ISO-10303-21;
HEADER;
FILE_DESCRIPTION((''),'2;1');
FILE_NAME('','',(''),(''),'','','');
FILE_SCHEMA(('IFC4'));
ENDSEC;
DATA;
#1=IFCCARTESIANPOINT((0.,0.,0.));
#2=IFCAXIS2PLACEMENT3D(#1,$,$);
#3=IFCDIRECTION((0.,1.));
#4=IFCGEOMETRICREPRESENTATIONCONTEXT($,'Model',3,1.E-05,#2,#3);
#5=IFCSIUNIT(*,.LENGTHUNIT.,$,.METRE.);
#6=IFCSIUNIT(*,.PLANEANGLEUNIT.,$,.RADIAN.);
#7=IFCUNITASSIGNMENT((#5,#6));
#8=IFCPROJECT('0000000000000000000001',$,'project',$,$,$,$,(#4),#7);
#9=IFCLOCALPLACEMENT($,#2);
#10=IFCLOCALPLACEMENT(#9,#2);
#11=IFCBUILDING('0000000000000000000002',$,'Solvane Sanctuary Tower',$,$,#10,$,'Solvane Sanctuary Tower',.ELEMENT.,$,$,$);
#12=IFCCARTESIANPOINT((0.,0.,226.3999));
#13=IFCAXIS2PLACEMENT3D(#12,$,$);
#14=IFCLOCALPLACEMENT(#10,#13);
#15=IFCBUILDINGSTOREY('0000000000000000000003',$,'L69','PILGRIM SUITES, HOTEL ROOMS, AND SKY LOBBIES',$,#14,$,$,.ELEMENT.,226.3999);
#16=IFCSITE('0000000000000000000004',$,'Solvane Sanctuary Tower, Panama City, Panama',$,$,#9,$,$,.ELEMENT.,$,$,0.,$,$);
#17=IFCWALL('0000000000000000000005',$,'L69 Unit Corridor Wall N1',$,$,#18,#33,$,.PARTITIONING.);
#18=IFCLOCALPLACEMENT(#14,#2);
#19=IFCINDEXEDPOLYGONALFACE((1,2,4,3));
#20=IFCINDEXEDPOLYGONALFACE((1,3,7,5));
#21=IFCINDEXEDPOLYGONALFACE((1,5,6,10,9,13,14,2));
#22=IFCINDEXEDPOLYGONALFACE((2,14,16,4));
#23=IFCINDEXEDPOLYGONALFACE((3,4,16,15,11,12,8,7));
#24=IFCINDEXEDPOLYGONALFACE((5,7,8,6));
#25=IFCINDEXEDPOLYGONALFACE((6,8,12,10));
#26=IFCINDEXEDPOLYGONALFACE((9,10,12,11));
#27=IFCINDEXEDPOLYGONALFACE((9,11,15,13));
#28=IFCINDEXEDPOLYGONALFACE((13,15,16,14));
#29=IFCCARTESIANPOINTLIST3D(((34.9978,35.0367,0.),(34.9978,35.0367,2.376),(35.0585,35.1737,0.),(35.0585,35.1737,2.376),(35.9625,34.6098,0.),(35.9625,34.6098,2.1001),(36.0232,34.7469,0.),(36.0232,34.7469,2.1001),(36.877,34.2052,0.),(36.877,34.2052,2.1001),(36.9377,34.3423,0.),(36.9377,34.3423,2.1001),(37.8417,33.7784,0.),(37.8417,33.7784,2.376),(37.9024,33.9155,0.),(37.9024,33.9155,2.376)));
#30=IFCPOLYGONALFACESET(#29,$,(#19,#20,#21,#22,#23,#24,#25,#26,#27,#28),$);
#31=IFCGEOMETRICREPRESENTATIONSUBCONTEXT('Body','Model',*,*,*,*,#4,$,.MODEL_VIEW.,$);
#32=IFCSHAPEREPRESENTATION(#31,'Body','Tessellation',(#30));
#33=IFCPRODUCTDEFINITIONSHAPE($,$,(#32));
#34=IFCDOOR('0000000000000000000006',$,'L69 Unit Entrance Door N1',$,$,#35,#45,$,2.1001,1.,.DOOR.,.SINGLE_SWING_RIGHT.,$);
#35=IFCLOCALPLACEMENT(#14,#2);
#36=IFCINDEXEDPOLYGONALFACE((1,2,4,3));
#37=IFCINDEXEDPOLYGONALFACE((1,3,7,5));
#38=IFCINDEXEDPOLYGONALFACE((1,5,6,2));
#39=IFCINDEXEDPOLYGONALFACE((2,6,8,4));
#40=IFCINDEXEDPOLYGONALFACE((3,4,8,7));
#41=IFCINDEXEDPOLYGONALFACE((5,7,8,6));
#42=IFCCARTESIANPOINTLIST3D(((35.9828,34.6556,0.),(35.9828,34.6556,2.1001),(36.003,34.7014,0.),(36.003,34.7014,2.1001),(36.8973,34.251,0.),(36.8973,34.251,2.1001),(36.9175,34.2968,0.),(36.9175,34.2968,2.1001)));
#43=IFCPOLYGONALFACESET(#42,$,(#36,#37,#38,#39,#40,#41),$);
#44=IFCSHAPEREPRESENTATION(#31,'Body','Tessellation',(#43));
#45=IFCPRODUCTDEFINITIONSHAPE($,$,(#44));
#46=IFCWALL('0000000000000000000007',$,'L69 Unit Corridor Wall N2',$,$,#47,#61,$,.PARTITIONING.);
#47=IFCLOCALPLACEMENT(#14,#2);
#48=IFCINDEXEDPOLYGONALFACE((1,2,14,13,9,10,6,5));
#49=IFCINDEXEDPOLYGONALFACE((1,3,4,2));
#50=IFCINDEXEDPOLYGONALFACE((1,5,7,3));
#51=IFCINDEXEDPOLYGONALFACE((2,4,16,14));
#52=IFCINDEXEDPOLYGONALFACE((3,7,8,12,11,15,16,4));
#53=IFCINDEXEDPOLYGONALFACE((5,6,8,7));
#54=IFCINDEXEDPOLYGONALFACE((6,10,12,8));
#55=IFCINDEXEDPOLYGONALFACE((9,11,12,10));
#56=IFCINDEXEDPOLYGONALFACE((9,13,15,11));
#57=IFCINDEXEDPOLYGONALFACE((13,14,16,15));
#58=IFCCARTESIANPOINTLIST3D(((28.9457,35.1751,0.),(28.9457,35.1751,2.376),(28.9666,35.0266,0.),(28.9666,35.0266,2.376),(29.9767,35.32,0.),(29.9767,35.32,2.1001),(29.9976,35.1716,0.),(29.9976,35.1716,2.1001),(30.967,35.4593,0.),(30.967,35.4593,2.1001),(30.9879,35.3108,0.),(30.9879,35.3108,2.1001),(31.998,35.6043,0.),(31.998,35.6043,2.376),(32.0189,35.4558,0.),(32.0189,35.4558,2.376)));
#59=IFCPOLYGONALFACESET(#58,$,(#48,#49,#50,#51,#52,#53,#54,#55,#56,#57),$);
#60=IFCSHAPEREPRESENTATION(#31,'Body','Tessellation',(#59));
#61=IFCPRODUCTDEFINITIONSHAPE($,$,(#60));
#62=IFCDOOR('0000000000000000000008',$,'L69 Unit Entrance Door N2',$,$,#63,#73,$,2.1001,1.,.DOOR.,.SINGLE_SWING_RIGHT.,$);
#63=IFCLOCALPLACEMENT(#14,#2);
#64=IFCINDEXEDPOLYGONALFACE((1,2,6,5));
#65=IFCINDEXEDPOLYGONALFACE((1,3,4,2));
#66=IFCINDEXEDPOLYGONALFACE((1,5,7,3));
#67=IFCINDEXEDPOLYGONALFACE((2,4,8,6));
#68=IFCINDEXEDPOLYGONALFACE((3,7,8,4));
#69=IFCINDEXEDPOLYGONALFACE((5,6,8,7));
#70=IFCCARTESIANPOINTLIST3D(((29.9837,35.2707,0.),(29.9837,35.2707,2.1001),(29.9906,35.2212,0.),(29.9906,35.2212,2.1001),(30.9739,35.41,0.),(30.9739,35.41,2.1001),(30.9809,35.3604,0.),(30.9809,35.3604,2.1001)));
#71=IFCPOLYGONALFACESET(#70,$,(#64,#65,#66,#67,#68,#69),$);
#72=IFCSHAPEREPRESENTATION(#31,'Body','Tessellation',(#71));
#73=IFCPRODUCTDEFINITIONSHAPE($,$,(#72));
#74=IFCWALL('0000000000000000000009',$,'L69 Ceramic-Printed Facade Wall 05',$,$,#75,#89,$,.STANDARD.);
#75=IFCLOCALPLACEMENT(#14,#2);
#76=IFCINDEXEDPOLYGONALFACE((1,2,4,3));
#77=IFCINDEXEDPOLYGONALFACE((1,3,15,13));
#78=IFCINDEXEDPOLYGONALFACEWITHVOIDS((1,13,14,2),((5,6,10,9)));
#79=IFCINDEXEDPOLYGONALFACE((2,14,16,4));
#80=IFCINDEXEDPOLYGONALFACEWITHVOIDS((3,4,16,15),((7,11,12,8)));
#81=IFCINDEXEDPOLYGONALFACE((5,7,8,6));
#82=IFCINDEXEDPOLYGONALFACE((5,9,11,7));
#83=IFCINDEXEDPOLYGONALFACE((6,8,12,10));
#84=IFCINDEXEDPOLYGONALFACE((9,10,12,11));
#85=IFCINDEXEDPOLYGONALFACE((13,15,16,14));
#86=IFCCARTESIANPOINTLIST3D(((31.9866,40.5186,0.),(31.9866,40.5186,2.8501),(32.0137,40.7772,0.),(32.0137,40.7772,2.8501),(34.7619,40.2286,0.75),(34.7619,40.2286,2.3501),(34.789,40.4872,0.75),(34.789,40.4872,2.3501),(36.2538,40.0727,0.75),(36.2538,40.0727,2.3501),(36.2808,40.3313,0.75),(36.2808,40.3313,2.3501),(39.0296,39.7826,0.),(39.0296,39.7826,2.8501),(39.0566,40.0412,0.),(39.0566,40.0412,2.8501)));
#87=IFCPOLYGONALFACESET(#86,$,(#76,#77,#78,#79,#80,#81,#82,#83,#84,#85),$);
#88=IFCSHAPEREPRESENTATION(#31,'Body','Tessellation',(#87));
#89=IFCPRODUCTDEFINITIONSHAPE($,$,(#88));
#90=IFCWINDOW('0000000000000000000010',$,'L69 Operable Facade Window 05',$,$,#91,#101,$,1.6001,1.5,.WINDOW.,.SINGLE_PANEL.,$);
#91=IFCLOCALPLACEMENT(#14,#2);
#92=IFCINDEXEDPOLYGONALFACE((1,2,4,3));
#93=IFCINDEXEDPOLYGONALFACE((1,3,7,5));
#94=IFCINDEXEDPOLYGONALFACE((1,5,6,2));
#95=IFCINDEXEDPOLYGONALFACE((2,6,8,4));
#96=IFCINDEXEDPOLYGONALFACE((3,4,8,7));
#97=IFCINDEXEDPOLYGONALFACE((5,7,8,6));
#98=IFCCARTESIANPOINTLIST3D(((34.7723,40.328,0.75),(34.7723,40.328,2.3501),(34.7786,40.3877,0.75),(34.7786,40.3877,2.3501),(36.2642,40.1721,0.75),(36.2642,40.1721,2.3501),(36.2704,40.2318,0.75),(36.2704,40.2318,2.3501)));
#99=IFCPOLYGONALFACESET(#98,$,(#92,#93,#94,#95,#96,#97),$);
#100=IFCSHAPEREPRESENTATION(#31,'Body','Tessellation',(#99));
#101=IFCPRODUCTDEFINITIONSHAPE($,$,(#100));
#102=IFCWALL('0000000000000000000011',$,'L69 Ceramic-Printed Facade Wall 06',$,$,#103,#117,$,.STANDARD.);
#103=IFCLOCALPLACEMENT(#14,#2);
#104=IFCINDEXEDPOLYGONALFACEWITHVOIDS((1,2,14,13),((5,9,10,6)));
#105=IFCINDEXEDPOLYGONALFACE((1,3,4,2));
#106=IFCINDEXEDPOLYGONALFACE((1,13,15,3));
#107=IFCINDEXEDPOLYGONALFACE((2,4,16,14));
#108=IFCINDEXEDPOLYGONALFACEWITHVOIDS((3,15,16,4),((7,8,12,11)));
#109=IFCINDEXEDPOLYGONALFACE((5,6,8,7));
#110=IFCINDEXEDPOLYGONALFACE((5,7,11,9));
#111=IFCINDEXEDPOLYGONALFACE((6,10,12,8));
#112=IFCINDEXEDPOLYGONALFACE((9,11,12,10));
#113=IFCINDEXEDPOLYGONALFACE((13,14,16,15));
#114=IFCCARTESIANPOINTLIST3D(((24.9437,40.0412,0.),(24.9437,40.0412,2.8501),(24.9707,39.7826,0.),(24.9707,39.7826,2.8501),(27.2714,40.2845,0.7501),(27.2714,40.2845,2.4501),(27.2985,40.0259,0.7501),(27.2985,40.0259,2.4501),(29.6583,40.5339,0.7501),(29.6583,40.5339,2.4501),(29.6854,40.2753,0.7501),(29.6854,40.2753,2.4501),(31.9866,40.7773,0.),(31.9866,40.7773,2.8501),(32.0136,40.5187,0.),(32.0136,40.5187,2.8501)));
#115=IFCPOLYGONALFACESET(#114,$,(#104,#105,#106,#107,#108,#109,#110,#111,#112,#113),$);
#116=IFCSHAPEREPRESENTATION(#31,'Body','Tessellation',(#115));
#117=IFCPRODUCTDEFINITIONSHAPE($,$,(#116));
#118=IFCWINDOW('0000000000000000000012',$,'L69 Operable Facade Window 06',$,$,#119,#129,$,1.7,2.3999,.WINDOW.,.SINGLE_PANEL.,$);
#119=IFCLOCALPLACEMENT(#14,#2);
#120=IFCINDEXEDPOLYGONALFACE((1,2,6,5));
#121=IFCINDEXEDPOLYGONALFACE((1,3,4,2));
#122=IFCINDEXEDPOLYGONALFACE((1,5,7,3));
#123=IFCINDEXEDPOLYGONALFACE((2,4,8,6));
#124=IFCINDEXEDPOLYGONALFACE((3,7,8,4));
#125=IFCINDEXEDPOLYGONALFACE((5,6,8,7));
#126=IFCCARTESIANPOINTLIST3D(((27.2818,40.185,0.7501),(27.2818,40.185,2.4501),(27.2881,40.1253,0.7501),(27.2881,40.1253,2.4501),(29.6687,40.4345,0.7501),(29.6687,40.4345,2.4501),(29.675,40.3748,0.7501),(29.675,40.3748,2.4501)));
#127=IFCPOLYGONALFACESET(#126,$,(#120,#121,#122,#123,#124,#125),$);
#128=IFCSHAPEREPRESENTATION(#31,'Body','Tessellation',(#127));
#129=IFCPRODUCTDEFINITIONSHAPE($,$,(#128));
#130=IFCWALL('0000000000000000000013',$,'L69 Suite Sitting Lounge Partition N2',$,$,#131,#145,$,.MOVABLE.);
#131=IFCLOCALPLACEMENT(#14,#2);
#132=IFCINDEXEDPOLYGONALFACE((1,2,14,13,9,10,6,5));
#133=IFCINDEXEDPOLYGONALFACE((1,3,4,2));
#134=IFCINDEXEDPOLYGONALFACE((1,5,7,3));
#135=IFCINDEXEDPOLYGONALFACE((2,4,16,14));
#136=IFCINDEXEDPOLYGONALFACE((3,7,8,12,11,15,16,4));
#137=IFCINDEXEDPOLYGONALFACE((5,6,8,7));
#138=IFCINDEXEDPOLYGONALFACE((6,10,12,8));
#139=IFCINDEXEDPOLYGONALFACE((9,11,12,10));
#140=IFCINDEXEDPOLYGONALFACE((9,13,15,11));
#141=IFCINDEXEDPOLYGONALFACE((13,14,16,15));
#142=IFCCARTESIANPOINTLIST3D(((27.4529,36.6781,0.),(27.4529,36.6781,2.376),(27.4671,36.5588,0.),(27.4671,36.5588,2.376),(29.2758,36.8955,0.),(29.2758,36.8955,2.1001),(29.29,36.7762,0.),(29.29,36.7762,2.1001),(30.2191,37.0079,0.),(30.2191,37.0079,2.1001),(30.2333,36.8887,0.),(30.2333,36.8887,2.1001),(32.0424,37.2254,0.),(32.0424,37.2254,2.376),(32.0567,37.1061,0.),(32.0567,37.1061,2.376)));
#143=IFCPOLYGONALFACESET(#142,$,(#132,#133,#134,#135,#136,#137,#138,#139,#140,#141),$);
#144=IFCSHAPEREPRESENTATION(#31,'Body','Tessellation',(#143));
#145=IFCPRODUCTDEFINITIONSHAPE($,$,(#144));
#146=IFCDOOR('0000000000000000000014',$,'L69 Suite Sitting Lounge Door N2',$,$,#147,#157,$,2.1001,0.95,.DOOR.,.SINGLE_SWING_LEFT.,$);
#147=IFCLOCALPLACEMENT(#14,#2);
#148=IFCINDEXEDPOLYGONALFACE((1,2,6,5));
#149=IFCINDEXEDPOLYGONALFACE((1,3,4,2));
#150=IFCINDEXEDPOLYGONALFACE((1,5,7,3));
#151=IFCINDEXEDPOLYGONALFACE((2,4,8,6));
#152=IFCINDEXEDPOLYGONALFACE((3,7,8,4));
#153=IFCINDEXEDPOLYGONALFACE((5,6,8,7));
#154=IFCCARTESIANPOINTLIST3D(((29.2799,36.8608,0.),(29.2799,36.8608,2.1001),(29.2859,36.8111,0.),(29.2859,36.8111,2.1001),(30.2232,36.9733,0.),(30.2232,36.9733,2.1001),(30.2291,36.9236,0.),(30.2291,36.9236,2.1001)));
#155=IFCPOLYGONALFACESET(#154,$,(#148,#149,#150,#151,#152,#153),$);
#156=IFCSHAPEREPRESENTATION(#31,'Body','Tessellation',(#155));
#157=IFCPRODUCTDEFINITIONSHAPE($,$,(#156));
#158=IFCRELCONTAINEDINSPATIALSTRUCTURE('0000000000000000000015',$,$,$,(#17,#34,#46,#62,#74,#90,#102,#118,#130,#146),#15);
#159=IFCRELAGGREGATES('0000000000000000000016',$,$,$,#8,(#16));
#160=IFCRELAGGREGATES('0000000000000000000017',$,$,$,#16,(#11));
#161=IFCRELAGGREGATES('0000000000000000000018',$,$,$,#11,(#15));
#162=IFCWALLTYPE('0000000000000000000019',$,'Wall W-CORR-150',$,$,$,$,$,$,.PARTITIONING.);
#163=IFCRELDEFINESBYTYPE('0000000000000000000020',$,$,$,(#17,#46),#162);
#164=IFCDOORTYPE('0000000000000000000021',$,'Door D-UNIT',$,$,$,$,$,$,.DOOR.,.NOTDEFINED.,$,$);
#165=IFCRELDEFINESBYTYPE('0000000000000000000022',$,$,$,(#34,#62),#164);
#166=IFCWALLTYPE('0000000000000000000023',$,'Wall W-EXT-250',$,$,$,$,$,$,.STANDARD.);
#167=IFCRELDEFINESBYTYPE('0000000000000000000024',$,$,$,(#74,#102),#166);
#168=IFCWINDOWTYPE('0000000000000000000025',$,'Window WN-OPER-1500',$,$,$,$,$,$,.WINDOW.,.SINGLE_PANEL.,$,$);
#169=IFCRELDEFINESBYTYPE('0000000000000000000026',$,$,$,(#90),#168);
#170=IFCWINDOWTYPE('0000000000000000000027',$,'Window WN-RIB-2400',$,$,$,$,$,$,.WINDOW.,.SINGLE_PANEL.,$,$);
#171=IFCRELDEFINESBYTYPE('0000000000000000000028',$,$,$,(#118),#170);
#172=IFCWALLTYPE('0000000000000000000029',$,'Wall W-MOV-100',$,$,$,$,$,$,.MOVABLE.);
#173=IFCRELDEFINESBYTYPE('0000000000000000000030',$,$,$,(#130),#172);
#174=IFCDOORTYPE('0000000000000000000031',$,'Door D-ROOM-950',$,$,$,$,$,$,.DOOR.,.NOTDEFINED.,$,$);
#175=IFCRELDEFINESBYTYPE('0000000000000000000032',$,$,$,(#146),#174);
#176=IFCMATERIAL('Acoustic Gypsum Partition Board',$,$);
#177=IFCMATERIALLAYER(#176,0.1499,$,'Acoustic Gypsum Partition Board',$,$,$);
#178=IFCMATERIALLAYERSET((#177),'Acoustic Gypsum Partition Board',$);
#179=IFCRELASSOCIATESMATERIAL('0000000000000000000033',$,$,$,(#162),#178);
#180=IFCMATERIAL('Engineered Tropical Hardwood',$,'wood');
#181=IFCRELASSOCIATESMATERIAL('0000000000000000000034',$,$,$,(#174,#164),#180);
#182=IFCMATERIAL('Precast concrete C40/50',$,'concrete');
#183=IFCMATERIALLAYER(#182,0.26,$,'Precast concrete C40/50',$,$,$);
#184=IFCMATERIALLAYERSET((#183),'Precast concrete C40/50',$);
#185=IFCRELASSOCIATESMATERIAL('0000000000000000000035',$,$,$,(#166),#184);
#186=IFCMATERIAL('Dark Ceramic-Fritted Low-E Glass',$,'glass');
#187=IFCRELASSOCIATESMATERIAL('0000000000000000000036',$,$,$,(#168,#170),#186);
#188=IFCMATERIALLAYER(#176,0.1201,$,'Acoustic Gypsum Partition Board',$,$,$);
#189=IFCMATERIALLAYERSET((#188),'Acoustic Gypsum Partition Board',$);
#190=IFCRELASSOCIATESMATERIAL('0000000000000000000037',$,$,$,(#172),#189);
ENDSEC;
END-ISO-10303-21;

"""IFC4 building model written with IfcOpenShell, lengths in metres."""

from ifc_helpers import new_model, si_unit, direction, frame, frame_2d, origin, place, context, subcontext, project, spatial, rectangle, extrude, material, layer, layer_set, type_object, element, fill, save


model = new_model("IFC4")

# Units and contexts
model_context = context("Model", 3, precision=1e-05, world=origin(), true_north=direction((0.0, 1.0)))
body_context = subcontext(model_context, "Body", "Model", "MODEL_VIEW")
ifc_project = project(units=[si_unit("LENGTHUNIT", "METRE"), si_unit("PLANEANGLEUNIT", "RADIAN")], contexts=[model_context])

# Site, building, storey
site_placement = place(None, origin())
site = spatial("IfcSite", under=ifc_project, at=site_placement, Name="Solvane Sanctuary Tower, Panama City, Panama", CompositionType="ELEMENT", RefElevation=0.0)
building_placement = place(site_placement, origin())
building = spatial("IfcBuilding", under=site, at=building_placement, Name="Solvane Sanctuary Tower", LongName="Solvane Sanctuary Tower", CompositionType="ELEMENT")
storey_placement = place(building_placement, frame((0.0, 0.0, 226.3999)))
storey = spatial("IfcBuildingStorey", under=building, at=storey_placement, Name="L69", Description="PILGRIM SUITES, HOTEL ROOMS, AND SKY LOBBIES", CompositionType="ELEMENT", Elevation=226.3999)

# Shared definitions
ifc_material_1 = material(Name="Acoustic Gypsum Partition Board")
ifc_layer_1 = layer(ifc_material_1, 0.1499, Name="Acoustic Gypsum Partition Board")
ifc_layer_set_1 = layer_set([ifc_layer_1], Name="Acoustic Gypsum Partition Board")
wall_type_1 = type_object("IfcWallType", Name="Wall W-CORR-150", PredefinedType="PARTITIONING", material=ifc_layer_set_1)

# Shared definitions
ifc_material_2 = material(Name="Engineered Tropical Hardwood", Category="wood")
door_type_1 = type_object("IfcDoorType", Name="Door D-ROOM-950", OperationType="NOTDEFINED", PredefinedType="DOOR", material=ifc_material_2)

# Walls, openings, doors
wall_1_placement = place(storey_placement, frame((37.8721, 33.8469, 0.0), z_axis=(0.0, 0.0, 1.0), x_axis=(-0.91449, 0.404608, 0.0)))
wall_1 = element("IfcWall", 1, at=wall_1_placement, inside=storey, type_object=wall_type_1, Name="L69 Unit Corridor Wall N1", PredefinedType="PARTITIONING", context=body_context, shape_type="SweptSolid", body=[
    extrude(rectangle(XDim=3.1099, YDim=0.1499, at=frame_2d((1.5549, 0.0))), origin(), (0.0, 0.0, 1.0), 2.376),
])
opening_1_placement = place(wall_1_placement, frame((1.0549, 0.0, 0.0)))
opening_1 = element("IfcOpeningElement", 2, at=opening_1_placement, cuts=wall_1, PredefinedType="OPENING", context=body_context, shape_type="SweptSolid", body=[
    extrude(rectangle(XDim=1.0, YDim=2.1001, at=frame_2d((0.5, 1.05))), frame((0.0, 0.085, 0.0), z_axis=(0.0, -1.0, 0.0), x_axis=(1.0, 0.0, 0.0)), (0.0, 0.0, 1.0), 0.1699),
])
door_type_2 = type_object("IfcDoorType", Name="Door D-UNIT", OperationType="NOTDEFINED", PredefinedType="DOOR", material=ifc_material_2)
door_1_placement = place(opening_1_placement, origin())
door_1 = element("IfcDoor", 3, at=door_1_placement, inside=storey, type_object=door_type_2, Name="L69 Unit Entrance Door N1", OperationType="SINGLE_SWING_RIGHT", OverallHeight=2.1001, OverallWidth=1.0, PredefinedType="DOOR", context=body_context, shape_type="SweptSolid", body=[
    extrude(rectangle(XDim=1.0, YDim=2.1001, at=frame_2d((0.5, 1.05))), frame((0.0, 0.0249, 0.0), z_axis=(0.0, -1.0, 0.0), x_axis=(1.0, 0.0, 0.0)), (0.0, 0.0, 1.0), 0.05),
])
fill(opening_1, door_1)
wall_2_placement = place(storey_placement, frame((32.0083, 35.53, 0.0), z_axis=(0.0, 0.0, 1.0), x_axis=(-0.990258, -0.139248, 0.0)))
wall_2 = element("IfcWall", 4, at=wall_2_placement, inside=storey, type_object=wall_type_1, Name="L69 Unit Corridor Wall N2", PredefinedType="PARTITIONING", context=body_context, shape_type="SweptSolid", body=[
    extrude(rectangle(XDim=3.0823, YDim=0.1499, at=frame_2d((1.541, 0.0))), origin(), (0.0, 0.0, 1.0), 2.376),
])
opening_2_placement = place(wall_2_placement, frame((1.041, 0.0, 0.0)))
opening_2 = element("IfcOpeningElement", 5, at=opening_2_placement, cuts=wall_2, PredefinedType="OPENING", context=body_context, shape_type="SweptSolid", body=[
    extrude(rectangle(XDim=1.0, YDim=2.1001, at=frame_2d((0.5, 1.05))), frame((0.0, 0.085, 0.0), z_axis=(0.0, -1.0, 0.0), x_axis=(1.0, 0.0, 0.0)), (0.0, 0.0, 1.0), 0.1699),
])
door_2_placement = place(opening_2_placement, origin())
door_2 = element("IfcDoor", 6, at=door_2_placement, inside=storey, type_object=door_type_2, Name="L69 Unit Entrance Door N2", OperationType="SINGLE_SWING_RIGHT", OverallHeight=2.1001, OverallWidth=1.0, PredefinedType="DOOR", context=body_context, shape_type="SweptSolid", body=[
    extrude(rectangle(XDim=1.0, YDim=2.1001, at=frame_2d((0.5, 1.05))), frame((0.0, 0.0249, 0.0), z_axis=(0.0, -1.0, 0.0), x_axis=(1.0, 0.0, 0.0)), (0.0, 0.0, 1.0), 0.05),
])
fill(opening_2, door_2)

# Walls, openings, windows
ifc_material_3 = material(Name="Precast concrete C40/50", Category="concrete")
ifc_layer_2 = layer(ifc_material_3, 0.26, Name="Precast concrete C40/50")
ifc_layer_set_2 = layer_set([ifc_layer_2], Name="Precast concrete C40/50")
wall_type_2 = type_object("IfcWallType", Name="Wall W-EXT-250", PredefinedType="STANDARD", material=ifc_layer_set_2)
wall_3_placement = place(storey_placement, frame((39.043, 39.9119, 0.0), z_axis=(0.0, 0.0, 1.0), x_axis=(-0.994583, 0.103947, 0.0)))
wall_3 = element("IfcWall", 7, at=wall_3_placement, inside=storey, type_object=wall_type_2, Name="L69 Ceramic-Printed Facade Wall 05", PredefinedType="STANDARD", context=body_context, shape_type="SweptSolid", body=[
    extrude(rectangle(XDim=7.0813, YDim=0.26, at=frame_2d((3.5405, 0.0))), origin(), (0.0, 0.0, 1.0), 2.8501),
])
opening_3_placement = place(wall_3_placement, frame((2.7908, 0.0, 0.75)))
opening_3 = element("IfcOpeningElement", 8, at=opening_3_placement, cuts=wall_3, PredefinedType="OPENING", context=body_context, shape_type="SweptSolid", body=[
    extrude(rectangle(XDim=1.5, YDim=1.6001, at=frame_2d((0.75, 0.8))), frame((0.0, 0.1399, 0.0), z_axis=(0.0, -1.0, 0.0), x_axis=(1.0, 0.0, 0.0)), (0.0, 0.0, 1.0), 0.28),
])
ifc_material_4 = material(Name="Dark Ceramic-Fritted Low-E Glass", Category="glass")
window_type_1 = type_object("IfcWindowType", Name="Window WN-OPER-1500", PartitioningType="SINGLE_PANEL", PredefinedType="WINDOW", material=ifc_material_4)
window_1_placement = place(opening_3_placement, origin())
window_1 = element("IfcWindow", 9, at=window_1_placement, inside=storey, type_object=window_type_1, Name="L69 Operable Facade Window 05", OverallHeight=1.6001, OverallWidth=1.5, PartitioningType="SINGLE_PANEL", PredefinedType="WINDOW", context=body_context, shape_type="SweptSolid", body=[
    extrude(rectangle(XDim=1.5, YDim=1.6001, at=frame_2d((0.75, 0.8))), frame((0.0, 0.03, 0.0), z_axis=(0.0, -1.0, 0.0), x_axis=(1.0, 0.0, 0.0)), (0.0, 0.0, 1.0), 0.0601),
])
fill(opening_3, window_1)
wall_4_placement = place(storey_placement, frame((32.0, 40.6479, 0.0), z_axis=(0.0, 0.0, 1.0), x_axis=(-0.994583, -0.103947, 0.0)))
wall_4 = element("IfcWall", 10, at=wall_4_placement, inside=storey, type_object=wall_type_2, Name="L69 Ceramic-Printed Facade Wall 06", PredefinedType="STANDARD", context=body_context, shape_type="SweptSolid", body=[
    extrude(rectangle(XDim=7.0813, YDim=0.26, at=frame_2d((3.5405, 0.0))), origin(), (0.0, 0.0, 1.0), 2.8501),
])
opening_4_placement = place(wall_4_placement, frame((2.3408, 0.0, 0.75)))
opening_4 = element("IfcOpeningElement", 11, at=opening_4_placement, cuts=wall_4, PredefinedType="OPENING", context=body_context, shape_type="SweptSolid", body=[
    extrude(rectangle(XDim=2.3999, YDim=1.7, at=frame_2d((1.2, 0.8501))), frame((0.0, 0.1399, 0.0), z_axis=(0.0, -1.0, 0.0), x_axis=(1.0, 0.0, 0.0)), (0.0, 0.0, 1.0), 0.28),
])
window_type_2 = type_object("IfcWindowType", Name="Window WN-RIB-2400", PartitioningType="SINGLE_PANEL", PredefinedType="WINDOW", material=ifc_material_4)
window_2_placement = place(opening_4_placement, origin())
window_2 = element("IfcWindow", 12, at=window_2_placement, inside=storey, type_object=window_type_2, Name="L69 Operable Facade Window 06", OverallHeight=1.7, OverallWidth=2.3999, PartitioningType="SINGLE_PANEL", PredefinedType="WINDOW", context=body_context, shape_type="SweptSolid", body=[
    extrude(rectangle(XDim=2.3999, YDim=1.7, at=frame_2d((1.2, 0.8501))), frame((0.0, 0.03, 0.0), z_axis=(0.0, -1.0, 0.0), x_axis=(1.0, 0.0, 0.0)), (0.0, 0.0, 1.0), 0.0601),
])
fill(opening_4, window_2)

# Wall, opening, door
ifc_layer_3 = layer(ifc_material_1, 0.1201, Name="Acoustic Gypsum Partition Board")
ifc_layer_set_3 = layer_set([ifc_layer_3], Name="Acoustic Gypsum Partition Board")
wall_type_3 = type_object("IfcWallType", Name="Wall W-MOV-100", PredefinedType="MOVABLE", material=ifc_layer_set_3)
wall_5_placement = place(storey_placement, frame((32.0496, 37.1658, 0.0), z_axis=(0.0, 0.0, 1.0), x_axis=(-0.992963, -0.118422, 0.0)))
wall_5 = element("IfcWall", 13, at=wall_5_placement, inside=storey, type_object=wall_type_3, Name="L69 Suite Sitting Lounge Partition N2", PredefinedType="MOVABLE", context=body_context, shape_type="SweptSolid", body=[
    extrude(rectangle(XDim=4.6221, YDim=0.1201, at=frame_2d((2.311, 0.0))), origin(), (0.0, 0.0, 1.0), 2.376),
])
opening_5_placement = place(wall_5_placement, frame((1.8362, 0.0, 0.0)))
opening_5 = element("IfcOpeningElement", 14, at=opening_5_placement, cuts=wall_5, PredefinedType="OPENING", context=body_context, shape_type="SweptSolid", body=[
    extrude(rectangle(XDim=0.95, YDim=2.1001, at=frame_2d((0.4751, 1.05))), frame((0.0, 0.0701, 0.0), z_axis=(0.0, -1.0, 0.0), x_axis=(1.0, 0.0, 0.0)), (0.0, 0.0, 1.0), 0.1401),
])
door_3_placement = place(opening_5_placement, origin())
door_3 = element("IfcDoor", 15, at=door_3_placement, inside=storey, type_object=door_type_1, Name="L69 Suite Sitting Lounge Door N2", OperationType="SINGLE_SWING_LEFT", OverallHeight=2.1001, OverallWidth=0.95, PredefinedType="DOOR", context=body_context, shape_type="SweptSolid", body=[
    extrude(rectangle(XDim=0.95, YDim=2.1001, at=frame_2d((0.4751, 1.05))), frame((0.0, 0.0249, 0.0), z_axis=(0.0, -1.0, 0.0), x_axis=(1.0, 0.0, 0.0)), (0.0, 0.0, 1.0), 0.05),
])
fill(opening_5, door_3)

save(model, "model.ifc")
